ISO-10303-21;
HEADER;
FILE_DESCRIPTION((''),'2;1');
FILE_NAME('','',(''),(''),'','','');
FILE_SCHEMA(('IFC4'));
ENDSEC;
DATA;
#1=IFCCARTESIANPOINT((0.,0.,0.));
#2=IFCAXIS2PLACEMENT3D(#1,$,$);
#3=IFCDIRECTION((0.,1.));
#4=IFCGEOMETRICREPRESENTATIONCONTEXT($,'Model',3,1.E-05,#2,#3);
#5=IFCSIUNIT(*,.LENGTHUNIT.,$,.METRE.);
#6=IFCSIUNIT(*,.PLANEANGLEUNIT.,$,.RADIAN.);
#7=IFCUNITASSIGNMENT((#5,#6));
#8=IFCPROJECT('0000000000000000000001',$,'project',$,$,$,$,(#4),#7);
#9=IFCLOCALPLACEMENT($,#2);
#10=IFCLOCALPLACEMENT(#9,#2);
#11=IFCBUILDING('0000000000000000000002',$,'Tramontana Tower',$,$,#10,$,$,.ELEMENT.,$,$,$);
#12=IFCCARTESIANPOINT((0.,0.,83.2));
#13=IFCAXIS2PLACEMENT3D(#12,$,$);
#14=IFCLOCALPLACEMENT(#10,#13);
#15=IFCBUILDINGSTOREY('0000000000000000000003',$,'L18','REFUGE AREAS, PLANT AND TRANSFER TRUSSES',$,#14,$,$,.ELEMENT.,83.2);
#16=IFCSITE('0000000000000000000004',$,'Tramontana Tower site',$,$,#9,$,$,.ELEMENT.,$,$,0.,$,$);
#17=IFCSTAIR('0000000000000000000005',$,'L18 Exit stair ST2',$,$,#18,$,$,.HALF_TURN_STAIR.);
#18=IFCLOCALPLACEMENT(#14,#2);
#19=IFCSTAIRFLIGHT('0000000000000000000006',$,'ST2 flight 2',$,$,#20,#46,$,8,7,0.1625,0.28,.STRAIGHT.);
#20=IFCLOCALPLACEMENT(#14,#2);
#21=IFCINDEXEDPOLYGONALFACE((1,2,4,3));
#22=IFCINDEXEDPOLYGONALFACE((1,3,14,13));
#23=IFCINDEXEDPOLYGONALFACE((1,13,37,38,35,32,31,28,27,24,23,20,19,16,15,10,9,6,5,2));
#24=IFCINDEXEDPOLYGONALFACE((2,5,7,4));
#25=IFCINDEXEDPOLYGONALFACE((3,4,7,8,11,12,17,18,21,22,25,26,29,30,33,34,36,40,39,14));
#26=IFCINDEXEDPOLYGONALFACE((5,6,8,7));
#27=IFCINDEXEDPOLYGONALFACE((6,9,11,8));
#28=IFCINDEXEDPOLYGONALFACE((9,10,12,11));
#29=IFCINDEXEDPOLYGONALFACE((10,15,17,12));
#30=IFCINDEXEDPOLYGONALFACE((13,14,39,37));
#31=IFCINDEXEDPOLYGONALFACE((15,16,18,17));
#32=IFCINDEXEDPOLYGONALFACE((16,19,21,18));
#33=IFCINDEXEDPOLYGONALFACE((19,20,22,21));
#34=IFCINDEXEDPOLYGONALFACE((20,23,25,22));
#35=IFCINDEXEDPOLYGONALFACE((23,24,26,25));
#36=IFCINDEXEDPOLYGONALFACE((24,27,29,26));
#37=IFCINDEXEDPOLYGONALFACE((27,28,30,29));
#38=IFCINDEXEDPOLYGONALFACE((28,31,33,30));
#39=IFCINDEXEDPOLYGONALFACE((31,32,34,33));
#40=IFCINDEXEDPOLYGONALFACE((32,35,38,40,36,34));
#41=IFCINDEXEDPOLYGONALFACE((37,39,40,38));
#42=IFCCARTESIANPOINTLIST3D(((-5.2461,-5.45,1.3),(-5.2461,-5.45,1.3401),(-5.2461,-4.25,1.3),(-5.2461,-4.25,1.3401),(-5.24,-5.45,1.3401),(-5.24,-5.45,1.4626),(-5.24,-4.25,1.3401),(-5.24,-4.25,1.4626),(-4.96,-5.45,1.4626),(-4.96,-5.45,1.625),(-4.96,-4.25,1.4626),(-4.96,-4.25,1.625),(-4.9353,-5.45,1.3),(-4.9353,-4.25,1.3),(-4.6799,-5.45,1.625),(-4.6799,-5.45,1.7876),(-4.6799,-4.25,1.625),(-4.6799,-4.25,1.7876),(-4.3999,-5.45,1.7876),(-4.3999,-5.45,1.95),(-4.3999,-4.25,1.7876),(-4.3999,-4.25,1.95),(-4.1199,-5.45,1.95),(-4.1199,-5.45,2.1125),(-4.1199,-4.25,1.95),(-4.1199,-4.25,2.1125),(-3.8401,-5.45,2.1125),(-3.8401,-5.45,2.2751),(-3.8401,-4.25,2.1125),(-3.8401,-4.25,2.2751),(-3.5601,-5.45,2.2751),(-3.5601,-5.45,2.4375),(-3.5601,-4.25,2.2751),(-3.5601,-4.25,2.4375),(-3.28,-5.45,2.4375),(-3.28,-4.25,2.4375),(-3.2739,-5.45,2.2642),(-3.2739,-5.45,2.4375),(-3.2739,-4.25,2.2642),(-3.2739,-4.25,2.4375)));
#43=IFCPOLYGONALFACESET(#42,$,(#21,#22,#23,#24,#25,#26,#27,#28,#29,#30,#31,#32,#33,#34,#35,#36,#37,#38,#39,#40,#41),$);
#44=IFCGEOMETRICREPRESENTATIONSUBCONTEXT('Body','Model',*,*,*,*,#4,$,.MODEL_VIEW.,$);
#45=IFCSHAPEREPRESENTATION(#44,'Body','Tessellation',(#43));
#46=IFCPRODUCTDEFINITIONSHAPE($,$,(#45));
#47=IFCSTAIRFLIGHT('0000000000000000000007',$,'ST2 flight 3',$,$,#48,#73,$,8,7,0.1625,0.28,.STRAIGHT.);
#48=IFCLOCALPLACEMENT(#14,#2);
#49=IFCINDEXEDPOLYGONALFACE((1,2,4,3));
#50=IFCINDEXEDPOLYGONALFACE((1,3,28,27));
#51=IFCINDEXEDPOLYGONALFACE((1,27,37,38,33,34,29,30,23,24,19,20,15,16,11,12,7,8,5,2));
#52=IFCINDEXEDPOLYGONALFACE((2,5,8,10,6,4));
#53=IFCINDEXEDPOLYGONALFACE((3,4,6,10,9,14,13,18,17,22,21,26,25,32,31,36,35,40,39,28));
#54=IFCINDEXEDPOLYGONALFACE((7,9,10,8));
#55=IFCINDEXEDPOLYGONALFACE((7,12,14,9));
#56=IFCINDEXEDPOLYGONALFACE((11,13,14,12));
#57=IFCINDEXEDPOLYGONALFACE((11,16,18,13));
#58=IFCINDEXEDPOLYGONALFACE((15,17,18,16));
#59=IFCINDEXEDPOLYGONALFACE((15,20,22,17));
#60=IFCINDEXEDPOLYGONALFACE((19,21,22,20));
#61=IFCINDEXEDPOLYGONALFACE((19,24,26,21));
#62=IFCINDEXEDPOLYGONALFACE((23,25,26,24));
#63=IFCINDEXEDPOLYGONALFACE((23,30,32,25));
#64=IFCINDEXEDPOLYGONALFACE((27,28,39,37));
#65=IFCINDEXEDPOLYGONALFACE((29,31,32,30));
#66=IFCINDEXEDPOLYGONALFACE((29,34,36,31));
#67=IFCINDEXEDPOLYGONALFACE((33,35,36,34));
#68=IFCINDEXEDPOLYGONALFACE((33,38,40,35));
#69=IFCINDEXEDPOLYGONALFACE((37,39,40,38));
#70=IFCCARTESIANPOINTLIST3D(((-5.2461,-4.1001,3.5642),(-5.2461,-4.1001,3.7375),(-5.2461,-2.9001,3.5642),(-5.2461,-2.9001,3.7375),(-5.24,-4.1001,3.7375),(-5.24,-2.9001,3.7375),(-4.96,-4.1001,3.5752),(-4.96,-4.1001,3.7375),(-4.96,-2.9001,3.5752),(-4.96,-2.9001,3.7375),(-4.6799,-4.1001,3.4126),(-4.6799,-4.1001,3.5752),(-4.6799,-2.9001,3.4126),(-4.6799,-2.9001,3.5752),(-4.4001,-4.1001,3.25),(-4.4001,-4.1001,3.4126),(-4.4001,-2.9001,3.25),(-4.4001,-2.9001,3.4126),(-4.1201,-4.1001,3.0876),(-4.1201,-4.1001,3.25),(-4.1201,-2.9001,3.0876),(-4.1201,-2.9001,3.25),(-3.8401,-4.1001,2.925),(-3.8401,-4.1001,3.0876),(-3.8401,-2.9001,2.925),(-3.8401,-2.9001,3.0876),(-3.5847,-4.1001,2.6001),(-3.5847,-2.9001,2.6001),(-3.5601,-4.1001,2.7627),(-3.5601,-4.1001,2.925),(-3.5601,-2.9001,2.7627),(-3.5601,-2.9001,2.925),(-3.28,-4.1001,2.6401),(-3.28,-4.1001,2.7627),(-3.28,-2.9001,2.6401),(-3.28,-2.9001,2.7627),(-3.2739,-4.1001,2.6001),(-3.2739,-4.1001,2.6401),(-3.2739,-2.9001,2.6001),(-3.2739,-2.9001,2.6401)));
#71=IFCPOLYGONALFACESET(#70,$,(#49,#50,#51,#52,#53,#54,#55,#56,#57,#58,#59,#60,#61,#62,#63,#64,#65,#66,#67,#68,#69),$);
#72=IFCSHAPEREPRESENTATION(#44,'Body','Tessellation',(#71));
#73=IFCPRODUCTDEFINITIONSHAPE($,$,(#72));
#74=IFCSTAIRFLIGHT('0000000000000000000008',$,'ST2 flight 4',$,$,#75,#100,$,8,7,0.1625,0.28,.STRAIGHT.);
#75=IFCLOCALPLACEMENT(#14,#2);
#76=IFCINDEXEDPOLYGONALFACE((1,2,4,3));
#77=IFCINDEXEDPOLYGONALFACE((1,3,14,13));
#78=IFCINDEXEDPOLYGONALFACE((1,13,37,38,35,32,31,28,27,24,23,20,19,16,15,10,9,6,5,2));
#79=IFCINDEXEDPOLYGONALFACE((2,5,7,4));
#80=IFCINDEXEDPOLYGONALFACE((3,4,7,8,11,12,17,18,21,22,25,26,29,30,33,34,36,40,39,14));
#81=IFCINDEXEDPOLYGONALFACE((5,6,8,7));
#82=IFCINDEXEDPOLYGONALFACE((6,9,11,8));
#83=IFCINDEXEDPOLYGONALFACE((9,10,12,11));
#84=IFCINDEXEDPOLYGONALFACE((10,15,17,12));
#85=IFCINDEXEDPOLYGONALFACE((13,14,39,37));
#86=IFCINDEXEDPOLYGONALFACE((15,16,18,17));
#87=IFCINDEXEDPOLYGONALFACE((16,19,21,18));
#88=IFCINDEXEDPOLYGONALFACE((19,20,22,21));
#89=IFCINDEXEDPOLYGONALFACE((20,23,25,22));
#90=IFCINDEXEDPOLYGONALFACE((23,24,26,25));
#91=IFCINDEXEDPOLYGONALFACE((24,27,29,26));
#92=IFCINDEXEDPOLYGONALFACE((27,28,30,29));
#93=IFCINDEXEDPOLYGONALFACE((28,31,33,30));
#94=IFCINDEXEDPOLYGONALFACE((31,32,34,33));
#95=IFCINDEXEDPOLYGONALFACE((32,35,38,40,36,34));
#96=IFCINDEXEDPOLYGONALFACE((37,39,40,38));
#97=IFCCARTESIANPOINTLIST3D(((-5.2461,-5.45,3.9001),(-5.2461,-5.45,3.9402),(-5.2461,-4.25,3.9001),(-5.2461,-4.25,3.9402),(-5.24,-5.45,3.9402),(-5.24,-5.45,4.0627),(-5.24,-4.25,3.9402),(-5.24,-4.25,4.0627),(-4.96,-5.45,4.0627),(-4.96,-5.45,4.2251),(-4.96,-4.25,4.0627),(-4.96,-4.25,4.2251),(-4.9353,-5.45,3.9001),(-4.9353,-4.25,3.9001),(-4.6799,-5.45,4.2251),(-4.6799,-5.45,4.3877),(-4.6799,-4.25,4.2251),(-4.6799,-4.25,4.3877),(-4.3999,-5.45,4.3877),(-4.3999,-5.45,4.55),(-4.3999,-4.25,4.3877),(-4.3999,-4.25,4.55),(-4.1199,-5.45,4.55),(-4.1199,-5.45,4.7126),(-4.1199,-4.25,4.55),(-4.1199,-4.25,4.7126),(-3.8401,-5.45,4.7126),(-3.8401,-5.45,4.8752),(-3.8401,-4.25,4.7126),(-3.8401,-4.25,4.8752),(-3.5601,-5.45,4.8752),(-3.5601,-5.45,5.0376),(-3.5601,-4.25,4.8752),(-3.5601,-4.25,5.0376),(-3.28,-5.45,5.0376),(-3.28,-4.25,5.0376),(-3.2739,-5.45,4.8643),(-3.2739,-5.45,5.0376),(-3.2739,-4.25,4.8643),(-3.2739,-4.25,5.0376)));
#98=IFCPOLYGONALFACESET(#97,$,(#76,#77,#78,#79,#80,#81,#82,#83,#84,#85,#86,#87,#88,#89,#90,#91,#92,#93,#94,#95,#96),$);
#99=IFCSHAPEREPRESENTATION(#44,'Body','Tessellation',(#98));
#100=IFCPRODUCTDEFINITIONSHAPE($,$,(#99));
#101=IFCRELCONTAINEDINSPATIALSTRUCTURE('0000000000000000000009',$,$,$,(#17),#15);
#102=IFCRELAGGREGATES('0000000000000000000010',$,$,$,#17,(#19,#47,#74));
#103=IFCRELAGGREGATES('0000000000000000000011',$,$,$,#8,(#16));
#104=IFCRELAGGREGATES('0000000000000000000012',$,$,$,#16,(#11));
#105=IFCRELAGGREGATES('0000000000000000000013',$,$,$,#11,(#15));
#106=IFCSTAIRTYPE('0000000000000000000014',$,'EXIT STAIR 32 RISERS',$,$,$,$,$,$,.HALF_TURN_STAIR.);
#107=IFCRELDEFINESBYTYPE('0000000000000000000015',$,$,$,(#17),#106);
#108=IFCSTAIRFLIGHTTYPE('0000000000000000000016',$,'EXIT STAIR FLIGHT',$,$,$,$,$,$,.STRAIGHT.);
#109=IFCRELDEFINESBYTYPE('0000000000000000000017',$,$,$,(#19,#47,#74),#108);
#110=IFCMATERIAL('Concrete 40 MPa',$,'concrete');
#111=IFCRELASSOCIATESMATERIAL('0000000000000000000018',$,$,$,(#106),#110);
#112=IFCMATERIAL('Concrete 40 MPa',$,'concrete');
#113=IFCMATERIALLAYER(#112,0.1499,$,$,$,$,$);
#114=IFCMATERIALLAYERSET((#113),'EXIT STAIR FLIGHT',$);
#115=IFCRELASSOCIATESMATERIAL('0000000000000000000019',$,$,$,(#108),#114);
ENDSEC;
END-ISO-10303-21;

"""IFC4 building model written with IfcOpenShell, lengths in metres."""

from ifc_helpers import new_model, si_unit, direction, frame, origin, place, context, subcontext, project, spatial, polyline, outline, extrude, material, layer, layer_set, type_object, element, aggregate, save


model = new_model("IFC4")

# Units and contexts
model_context = context("Model", 3, precision=1e-05, world=origin(), true_north=direction((0.0, 1.0)))
body_context = subcontext(model_context, "Body", "Model", "MODEL_VIEW")
ifc_project = project(units=[si_unit("LENGTHUNIT", "METRE"), si_unit("PLANEANGLEUNIT", "RADIAN")], contexts=[model_context])

# Site, building, storey
site_placement = place(None, origin())
site = spatial("IfcSite", under=ifc_project, at=site_placement, Name="Tramontana Tower site", CompositionType="ELEMENT", RefElevation=0.0)
building_placement = place(site_placement, origin())
building = spatial("IfcBuilding", under=site, at=building_placement, Name="Tramontana Tower", CompositionType="ELEMENT")
storey_placement = place(building_placement, frame((0.0, 0.0, 83.2)))
storey = spatial("IfcBuildingStorey", under=building, at=storey_placement, Name="L18", Description="REFUGE AREAS, PLANT AND TRANSFER TRUSSES", CompositionType="ELEMENT", Elevation=83.2)

# Stair, stair flights
ifc_material_1 = material(Name="Concrete 40 MPa", Category="concrete")
stair_type = type_object("IfcStairType", Name="EXIT STAIR 32 RISERS", PredefinedType="HALF_TURN_STAIR", material=ifc_material_1)
stair_placement = place(storey_placement, origin())
stair = element("IfcStair", 1, at=stair_placement, inside=storey, type_object=stair_type, Name="L18 Exit stair ST2", PredefinedType="HALF_TURN_STAIR")
ifc_material_2 = material(Name="Concrete 40 MPa", Category="concrete")
ifc_layer_1 = layer(ifc_material_2, 0.1499)
ifc_layer_set_1 = layer_set([ifc_layer_1], Name="EXIT STAIR FLIGHT")
stair_flight_type = type_object("IfcStairFlightType", Name="EXIT STAIR FLIGHT", PredefinedType="STRAIGHT", material=ifc_layer_set_1)
stair_flight_1_placement = place(storey_placement, frame((-5.24, -4.8501, 1.3), z_axis=(0.0, 0.0, 1.0), x_axis=(1.0, 0.0, 0.0)))
stair_flight_1 = element("IfcStairFlight", 2, at=stair_flight_1_placement, type_object=stair_flight_type, Name="ST2 flight 2", NumberOfRisers=8, NumberOfTreads=7, PredefinedType="STRAIGHT", RiserHeight=0.1625, TreadLength=0.28, context=body_context, shape_type="SweptSolid", body=[
    extrude(outline(polyline([(-0.0061, 0.0), (-0.0061, 0.04), (0.0, 0.04), (0.0, 0.1626), (0.28, 0.1626), (0.28, 0.325), (0.5601, 0.325), (0.5601, 0.4875), (0.8401, 0.4875), (0.8401, 0.6499), (1.1201, 0.6499), (1.1201, 0.8125), (1.3999, 0.8125), (1.3999, 0.9751), (1.6799, 0.9751), (1.6799, 1.1375), (1.96, 1.1375), (1.9661, 1.1375), (1.9661, 0.9641), (0.3047, 0.0), (-0.0061, 0.0)])), frame((0.0, 0.6001, 0.0), z_axis=(0.0, -1.0, 0.0), x_axis=(1.0, 0.0, 0.0)), (0.0, 0.0, 1.0), 1.2),
])
stair_flight_2_placement = place(storey_placement, frame((-3.28, -3.5, 2.6001), z_axis=(0.0, 0.0, 1.0), x_axis=(-1.0, 0.0, 0.0)))
stair_flight_2 = element("IfcStairFlight", 3, at=stair_flight_2_placement, type_object=stair_flight_type, Name="ST2 flight 3", NumberOfRisers=8, NumberOfTreads=7, PredefinedType="STRAIGHT", RiserHeight=0.1625, TreadLength=0.28, context=body_context, shape_type="SweptSolid", body=[
    extrude(outline(polyline([(-0.0061, 0.0), (-0.0061, 0.04), (0.0, 0.04), (0.0, 0.1626), (0.28, 0.1626), (0.28, 0.325), (0.5601, 0.325), (0.5601, 0.4875), (0.8401, 0.4875), (0.8401, 0.6499), (1.1201, 0.6499), (1.1201, 0.8125), (1.3999, 0.8125), (1.3999, 0.9751), (1.6799, 0.9751), (1.6799, 1.1375), (1.96, 1.1375), (1.9661, 1.1375), (1.9661, 0.9641), (0.3047, 0.0), (-0.0061, 0.0)])), frame((0.0, 0.6001, 0.0), z_axis=(0.0, -1.0, 0.0), x_axis=(1.0, 0.0, 0.0)), (0.0, 0.0, 1.0), 1.2),
])
stair_flight_3_placement = place(storey_placement, frame((-5.24, -4.8501, 3.9001), z_axis=(0.0, 0.0, 1.0), x_axis=(1.0, 0.0, 0.0)))
stair_flight_3 = element("IfcStairFlight", 4, at=stair_flight_3_placement, type_object=stair_flight_type, Name="ST2 flight 4", NumberOfRisers=8, NumberOfTreads=7, PredefinedType="STRAIGHT", RiserHeight=0.1625, TreadLength=0.28, context=body_context, shape_type="SweptSolid", body=[
    extrude(outline(polyline([(-0.0061, 0.0), (-0.0061, 0.04), (0.0, 0.04), (0.0, 0.1626), (0.28, 0.1626), (0.28, 0.325), (0.5601, 0.325), (0.5601, 0.4875), (0.8401, 0.4875), (0.8401, 0.6499), (1.1201, 0.6499), (1.1201, 0.8125), (1.3999, 0.8125), (1.3999, 0.9751), (1.6799, 0.9751), (1.6799, 1.1375), (1.96, 1.1375), (1.9661, 1.1375), (1.9661, 0.9641), (0.3047, 0.0), (-0.0061, 0.0)])), frame((0.0, 0.6001, 0.0), z_axis=(0.0, -1.0, 0.0), x_axis=(1.0, 0.0, 0.0)), (0.0, 0.0, 1.0), 1.2),
])
aggregate(stair, [stair_flight_1, stair_flight_2, stair_flight_3])

save(model, "model.ifc")
